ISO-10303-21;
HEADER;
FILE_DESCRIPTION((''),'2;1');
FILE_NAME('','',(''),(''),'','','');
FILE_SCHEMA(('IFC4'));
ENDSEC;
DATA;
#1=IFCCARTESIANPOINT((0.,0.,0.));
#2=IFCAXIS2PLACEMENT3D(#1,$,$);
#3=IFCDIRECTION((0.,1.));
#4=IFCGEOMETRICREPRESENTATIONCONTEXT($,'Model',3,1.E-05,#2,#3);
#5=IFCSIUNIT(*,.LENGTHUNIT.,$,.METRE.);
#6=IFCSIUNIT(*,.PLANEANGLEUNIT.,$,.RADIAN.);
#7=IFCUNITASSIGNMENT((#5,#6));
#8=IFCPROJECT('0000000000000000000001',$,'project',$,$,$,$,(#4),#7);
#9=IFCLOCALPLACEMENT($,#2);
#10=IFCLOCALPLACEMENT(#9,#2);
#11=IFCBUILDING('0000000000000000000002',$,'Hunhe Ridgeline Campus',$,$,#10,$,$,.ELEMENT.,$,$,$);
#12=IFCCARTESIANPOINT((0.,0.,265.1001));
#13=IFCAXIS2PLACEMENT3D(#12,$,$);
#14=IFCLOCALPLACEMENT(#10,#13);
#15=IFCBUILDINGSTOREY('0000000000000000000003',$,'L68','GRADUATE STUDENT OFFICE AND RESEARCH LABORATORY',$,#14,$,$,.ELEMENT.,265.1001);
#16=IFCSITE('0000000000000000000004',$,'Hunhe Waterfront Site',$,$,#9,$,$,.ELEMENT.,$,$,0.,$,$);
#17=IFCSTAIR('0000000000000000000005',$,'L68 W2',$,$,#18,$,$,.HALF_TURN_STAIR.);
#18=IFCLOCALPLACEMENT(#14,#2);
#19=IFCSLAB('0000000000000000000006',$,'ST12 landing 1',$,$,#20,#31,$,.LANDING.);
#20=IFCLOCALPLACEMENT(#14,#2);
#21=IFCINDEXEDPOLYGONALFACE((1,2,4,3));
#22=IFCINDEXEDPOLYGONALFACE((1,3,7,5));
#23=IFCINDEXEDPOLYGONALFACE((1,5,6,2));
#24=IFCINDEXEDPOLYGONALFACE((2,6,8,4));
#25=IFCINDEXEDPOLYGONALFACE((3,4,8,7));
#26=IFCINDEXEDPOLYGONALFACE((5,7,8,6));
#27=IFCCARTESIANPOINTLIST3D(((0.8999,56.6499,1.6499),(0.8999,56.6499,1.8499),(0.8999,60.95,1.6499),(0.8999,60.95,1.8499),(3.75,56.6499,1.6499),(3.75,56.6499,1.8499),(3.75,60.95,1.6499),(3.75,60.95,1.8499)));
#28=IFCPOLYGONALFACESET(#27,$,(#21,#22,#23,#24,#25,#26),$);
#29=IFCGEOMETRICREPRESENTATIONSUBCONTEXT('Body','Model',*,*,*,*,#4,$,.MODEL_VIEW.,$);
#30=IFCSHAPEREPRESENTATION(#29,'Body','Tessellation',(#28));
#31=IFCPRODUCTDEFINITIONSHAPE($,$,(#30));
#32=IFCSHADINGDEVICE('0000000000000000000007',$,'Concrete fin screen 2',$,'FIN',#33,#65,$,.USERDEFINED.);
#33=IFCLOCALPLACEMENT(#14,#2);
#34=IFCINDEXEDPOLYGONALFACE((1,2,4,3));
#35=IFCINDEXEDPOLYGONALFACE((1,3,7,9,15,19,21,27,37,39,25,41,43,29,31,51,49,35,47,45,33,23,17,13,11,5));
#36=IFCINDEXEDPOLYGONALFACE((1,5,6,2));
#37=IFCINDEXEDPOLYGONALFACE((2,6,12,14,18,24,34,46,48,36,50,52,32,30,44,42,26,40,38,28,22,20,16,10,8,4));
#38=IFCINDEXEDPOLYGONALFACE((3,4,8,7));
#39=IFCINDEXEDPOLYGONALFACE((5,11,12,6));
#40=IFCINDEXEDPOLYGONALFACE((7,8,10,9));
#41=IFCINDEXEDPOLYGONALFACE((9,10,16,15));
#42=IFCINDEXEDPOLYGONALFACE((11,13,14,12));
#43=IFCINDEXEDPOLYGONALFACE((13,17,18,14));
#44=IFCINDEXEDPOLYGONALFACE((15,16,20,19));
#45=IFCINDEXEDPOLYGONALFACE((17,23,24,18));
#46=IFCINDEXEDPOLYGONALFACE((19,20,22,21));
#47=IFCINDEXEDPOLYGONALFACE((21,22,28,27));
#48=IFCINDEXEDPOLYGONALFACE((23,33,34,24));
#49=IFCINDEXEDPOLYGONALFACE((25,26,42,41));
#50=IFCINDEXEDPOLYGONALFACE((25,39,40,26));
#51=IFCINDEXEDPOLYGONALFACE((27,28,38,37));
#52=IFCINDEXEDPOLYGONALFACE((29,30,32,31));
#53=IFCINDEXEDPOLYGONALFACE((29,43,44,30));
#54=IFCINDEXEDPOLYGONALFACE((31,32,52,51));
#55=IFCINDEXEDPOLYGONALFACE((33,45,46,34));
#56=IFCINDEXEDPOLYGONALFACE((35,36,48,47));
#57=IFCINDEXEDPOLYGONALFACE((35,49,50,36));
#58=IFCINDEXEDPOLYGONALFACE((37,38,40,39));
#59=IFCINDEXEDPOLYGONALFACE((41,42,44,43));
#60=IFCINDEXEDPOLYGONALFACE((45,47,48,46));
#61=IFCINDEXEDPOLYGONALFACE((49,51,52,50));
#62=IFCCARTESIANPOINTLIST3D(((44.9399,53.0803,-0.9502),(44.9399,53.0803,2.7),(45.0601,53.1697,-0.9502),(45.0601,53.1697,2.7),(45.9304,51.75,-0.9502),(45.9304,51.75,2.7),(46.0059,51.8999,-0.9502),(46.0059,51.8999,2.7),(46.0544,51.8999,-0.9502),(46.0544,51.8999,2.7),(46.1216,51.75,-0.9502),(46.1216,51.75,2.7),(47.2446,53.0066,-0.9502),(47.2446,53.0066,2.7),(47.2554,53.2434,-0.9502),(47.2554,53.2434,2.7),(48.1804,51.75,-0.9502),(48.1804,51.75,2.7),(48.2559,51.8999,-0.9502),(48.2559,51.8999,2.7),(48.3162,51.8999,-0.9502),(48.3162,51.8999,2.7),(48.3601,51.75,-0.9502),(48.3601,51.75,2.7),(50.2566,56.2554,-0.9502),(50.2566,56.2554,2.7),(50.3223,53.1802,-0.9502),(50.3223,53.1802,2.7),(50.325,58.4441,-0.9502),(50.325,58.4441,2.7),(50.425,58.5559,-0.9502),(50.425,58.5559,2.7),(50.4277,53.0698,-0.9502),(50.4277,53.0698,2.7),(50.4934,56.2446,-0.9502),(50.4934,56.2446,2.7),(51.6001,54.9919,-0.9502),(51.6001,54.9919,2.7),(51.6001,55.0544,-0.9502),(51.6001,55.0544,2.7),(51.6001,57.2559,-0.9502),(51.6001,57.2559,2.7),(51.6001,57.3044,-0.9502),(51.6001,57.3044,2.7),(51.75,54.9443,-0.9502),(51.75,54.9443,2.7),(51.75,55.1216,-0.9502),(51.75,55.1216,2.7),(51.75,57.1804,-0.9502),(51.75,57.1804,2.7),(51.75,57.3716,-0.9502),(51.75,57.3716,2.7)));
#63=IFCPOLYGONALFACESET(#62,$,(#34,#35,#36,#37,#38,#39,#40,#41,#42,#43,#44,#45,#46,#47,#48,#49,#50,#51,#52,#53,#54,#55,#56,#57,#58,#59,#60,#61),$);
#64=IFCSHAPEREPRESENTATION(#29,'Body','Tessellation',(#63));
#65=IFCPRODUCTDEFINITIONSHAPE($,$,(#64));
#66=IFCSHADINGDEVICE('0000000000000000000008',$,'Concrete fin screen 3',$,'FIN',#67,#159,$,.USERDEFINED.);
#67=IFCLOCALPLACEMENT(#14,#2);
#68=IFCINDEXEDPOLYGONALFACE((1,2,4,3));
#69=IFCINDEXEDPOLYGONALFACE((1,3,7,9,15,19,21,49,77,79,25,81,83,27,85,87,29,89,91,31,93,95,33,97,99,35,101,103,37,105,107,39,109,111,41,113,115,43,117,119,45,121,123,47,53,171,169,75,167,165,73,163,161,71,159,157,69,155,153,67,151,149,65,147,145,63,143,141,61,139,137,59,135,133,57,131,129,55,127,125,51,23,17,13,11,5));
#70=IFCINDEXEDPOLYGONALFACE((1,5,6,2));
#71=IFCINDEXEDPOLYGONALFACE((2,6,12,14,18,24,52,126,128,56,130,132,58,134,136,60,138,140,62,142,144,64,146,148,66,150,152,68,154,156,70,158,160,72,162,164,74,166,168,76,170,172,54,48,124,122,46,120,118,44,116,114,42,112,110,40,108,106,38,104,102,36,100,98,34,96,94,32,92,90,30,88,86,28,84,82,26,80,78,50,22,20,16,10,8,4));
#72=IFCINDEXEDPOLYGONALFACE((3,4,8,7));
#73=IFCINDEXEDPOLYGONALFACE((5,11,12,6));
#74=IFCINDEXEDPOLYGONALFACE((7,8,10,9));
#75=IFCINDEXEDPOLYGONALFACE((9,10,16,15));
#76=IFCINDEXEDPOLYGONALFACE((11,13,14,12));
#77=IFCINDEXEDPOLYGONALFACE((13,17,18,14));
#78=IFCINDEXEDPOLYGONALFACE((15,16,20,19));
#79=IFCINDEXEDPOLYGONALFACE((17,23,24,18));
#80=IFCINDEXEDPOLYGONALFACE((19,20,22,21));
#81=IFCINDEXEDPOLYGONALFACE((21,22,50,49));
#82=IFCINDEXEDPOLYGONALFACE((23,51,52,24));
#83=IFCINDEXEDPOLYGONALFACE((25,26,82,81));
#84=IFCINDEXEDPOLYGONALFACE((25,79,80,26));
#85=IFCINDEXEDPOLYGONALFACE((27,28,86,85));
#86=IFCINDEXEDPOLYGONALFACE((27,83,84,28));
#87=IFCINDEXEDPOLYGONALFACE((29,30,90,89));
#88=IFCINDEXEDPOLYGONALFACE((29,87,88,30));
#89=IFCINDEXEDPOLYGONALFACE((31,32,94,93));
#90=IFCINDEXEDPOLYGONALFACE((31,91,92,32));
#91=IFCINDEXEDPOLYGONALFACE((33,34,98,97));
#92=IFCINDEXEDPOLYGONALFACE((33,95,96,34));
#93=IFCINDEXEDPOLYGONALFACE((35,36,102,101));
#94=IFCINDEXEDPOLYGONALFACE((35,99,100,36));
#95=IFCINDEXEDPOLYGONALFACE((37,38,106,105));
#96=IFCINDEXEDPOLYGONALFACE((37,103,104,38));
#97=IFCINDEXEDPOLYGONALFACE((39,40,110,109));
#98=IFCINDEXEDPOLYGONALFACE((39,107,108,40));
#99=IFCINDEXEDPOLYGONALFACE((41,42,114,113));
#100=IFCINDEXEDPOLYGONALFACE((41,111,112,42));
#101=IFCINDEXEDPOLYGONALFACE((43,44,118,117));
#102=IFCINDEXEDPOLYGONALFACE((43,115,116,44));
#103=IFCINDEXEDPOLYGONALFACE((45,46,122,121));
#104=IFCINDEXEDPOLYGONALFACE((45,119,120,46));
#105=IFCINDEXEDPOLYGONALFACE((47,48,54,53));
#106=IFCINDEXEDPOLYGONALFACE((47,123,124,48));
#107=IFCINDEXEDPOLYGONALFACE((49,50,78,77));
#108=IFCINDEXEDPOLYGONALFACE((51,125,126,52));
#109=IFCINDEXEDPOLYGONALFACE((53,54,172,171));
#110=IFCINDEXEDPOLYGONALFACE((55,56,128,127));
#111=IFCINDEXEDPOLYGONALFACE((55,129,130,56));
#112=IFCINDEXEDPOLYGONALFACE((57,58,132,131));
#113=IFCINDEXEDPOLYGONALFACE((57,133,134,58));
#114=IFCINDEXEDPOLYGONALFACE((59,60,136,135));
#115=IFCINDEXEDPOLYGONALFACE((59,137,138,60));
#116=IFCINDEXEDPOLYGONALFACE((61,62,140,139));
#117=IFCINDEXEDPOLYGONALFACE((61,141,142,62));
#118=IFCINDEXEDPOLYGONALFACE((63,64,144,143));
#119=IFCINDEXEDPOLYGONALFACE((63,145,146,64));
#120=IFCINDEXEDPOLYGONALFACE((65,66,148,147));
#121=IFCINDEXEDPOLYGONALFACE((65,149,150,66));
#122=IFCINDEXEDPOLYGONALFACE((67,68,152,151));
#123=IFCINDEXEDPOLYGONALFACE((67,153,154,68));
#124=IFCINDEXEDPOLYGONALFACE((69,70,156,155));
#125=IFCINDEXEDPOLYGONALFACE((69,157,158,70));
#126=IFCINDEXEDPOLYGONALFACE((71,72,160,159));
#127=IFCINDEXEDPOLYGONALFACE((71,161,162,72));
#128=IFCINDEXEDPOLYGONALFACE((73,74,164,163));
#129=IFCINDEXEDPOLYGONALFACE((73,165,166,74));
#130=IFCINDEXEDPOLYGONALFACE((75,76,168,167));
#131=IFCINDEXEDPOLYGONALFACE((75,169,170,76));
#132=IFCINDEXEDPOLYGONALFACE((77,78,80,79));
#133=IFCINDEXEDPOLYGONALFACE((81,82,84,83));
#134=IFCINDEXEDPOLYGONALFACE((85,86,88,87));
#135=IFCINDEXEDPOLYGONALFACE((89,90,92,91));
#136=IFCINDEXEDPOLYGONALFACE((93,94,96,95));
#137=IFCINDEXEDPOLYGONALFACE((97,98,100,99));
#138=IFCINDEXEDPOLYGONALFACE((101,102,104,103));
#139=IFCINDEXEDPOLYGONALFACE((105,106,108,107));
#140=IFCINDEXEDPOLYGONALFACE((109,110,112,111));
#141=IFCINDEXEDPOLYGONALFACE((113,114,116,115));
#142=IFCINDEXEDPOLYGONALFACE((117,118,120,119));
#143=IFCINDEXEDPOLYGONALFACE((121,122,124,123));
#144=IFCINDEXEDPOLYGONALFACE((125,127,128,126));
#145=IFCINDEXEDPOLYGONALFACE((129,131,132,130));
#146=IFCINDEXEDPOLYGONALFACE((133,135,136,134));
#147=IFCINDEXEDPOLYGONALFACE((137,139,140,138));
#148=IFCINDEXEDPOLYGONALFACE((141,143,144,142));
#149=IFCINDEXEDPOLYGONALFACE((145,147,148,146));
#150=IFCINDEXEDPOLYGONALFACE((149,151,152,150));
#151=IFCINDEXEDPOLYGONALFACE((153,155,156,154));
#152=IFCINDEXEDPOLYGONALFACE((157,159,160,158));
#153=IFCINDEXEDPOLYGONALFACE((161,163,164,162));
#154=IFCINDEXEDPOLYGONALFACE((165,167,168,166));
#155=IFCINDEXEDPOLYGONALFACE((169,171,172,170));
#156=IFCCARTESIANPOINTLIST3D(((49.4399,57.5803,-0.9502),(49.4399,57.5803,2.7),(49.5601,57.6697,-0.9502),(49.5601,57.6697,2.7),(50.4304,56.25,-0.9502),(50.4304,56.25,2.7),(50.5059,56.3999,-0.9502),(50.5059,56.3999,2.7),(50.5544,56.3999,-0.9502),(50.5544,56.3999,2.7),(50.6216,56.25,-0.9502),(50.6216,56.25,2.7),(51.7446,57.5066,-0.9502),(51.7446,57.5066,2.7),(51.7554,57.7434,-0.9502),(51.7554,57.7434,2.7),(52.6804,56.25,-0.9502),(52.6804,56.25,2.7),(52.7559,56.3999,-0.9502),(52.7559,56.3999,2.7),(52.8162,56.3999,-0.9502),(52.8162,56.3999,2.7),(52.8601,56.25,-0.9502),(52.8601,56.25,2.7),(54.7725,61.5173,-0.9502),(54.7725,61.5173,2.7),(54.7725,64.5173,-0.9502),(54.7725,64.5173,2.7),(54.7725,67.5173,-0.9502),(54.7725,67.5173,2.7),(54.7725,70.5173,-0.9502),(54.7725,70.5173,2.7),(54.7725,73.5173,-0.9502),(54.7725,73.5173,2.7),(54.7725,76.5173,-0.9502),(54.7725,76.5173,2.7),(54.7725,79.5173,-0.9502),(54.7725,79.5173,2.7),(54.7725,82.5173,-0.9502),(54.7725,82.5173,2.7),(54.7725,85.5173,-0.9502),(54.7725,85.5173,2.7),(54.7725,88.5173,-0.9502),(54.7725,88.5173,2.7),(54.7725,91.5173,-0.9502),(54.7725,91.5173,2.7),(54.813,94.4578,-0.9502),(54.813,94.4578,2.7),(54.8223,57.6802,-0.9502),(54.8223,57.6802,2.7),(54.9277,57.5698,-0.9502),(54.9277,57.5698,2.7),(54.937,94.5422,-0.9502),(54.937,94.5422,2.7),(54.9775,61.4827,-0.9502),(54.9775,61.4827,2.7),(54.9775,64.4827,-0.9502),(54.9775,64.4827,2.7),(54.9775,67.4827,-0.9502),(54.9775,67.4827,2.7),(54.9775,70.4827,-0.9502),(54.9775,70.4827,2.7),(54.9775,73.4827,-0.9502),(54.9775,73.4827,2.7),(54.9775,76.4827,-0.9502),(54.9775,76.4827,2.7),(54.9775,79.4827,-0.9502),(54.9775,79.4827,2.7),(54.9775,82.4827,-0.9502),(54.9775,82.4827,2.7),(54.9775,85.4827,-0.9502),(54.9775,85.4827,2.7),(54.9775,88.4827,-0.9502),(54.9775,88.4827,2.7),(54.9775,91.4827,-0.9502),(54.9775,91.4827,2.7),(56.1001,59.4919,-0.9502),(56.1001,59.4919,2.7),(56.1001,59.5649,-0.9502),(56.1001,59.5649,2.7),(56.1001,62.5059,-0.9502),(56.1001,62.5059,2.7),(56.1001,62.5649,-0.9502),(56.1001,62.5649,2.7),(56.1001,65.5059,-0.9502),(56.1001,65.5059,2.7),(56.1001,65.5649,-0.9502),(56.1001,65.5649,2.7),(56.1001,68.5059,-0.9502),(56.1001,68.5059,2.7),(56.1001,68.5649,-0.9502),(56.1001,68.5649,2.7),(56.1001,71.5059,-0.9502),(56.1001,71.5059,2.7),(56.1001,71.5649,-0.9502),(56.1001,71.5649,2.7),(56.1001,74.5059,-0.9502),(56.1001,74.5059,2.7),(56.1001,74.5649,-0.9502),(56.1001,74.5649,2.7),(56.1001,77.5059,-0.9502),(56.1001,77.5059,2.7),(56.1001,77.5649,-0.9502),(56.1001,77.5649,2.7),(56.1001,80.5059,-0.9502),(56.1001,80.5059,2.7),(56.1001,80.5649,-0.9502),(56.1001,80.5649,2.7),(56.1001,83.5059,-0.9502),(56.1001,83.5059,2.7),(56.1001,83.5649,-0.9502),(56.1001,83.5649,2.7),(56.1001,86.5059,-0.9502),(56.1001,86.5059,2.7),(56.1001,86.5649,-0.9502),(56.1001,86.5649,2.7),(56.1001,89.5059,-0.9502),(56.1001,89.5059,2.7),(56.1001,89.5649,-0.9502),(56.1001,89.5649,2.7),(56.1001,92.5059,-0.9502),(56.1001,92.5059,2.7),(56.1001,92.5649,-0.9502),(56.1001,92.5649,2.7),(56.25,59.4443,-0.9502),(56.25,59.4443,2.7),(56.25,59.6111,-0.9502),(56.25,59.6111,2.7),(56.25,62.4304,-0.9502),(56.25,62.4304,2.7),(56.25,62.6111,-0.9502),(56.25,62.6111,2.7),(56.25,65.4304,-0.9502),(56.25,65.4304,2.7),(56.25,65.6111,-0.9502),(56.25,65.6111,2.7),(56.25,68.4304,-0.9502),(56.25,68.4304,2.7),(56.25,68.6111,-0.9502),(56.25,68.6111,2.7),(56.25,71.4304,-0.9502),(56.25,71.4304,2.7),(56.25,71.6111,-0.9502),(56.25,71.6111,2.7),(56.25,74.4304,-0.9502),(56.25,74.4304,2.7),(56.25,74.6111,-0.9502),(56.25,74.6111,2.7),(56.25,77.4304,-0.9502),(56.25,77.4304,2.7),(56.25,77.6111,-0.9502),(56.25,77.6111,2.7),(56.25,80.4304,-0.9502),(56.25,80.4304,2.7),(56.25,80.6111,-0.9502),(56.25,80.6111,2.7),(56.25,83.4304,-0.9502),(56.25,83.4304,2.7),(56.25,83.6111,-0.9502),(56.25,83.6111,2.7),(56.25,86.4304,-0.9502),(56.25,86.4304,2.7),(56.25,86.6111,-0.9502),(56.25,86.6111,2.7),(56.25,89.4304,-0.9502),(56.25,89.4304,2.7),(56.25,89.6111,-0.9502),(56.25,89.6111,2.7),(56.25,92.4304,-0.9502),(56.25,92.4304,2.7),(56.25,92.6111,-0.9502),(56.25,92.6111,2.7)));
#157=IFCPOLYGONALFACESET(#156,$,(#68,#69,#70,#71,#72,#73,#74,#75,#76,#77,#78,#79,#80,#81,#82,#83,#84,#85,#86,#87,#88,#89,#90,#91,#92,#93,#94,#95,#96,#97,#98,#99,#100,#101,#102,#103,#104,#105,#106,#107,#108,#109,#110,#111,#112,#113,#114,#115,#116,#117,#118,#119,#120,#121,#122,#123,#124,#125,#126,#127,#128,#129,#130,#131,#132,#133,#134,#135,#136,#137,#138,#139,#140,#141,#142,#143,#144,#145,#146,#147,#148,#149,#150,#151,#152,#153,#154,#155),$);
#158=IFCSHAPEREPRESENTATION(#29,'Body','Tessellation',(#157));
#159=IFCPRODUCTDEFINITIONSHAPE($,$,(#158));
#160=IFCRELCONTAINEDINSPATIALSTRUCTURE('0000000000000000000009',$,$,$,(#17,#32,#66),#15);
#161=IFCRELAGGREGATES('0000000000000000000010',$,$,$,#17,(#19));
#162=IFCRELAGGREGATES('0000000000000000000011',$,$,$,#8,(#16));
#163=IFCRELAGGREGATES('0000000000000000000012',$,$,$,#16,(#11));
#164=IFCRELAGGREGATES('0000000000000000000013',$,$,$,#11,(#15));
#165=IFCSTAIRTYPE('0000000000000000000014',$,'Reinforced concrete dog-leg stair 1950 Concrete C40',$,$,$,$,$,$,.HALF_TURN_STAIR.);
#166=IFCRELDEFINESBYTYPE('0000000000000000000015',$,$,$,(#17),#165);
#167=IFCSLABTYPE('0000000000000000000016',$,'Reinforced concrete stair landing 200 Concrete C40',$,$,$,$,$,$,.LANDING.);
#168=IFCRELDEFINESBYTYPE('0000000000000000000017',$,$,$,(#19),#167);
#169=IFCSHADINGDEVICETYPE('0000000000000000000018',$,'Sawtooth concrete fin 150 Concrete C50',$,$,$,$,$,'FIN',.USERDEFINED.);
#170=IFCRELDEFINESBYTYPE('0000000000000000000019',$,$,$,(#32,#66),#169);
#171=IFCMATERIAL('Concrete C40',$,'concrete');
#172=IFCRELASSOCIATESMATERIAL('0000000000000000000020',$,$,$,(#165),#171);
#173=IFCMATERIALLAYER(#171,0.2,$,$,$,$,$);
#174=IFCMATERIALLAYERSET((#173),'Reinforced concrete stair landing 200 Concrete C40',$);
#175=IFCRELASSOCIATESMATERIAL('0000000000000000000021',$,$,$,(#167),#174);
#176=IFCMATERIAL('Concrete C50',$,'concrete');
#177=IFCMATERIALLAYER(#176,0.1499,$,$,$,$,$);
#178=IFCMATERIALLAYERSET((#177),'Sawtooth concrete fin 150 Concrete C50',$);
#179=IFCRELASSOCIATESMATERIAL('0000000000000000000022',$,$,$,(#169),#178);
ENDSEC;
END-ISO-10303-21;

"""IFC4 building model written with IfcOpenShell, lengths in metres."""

from ifc_helpers import new_model, si_unit, direction, frame, origin, place, context, subcontext, project, spatial, polyline, outline, extrude, material, layer, layer_set, type_object, element, aggregate, save


model = new_model("IFC4")

# Units and contexts
model_context = context("Model", 3, precision=1e-05, world=origin(), true_north=direction((0.0, 1.0)))
body_context = subcontext(model_context, "Body", "Model", "MODEL_VIEW")
ifc_project = project(units=[si_unit("LENGTHUNIT", "METRE"), si_unit("PLANEANGLEUNIT", "RADIAN")], contexts=[model_context])

# Site, building, storey
site_placement = place(None, origin())
site = spatial("IfcSite", under=ifc_project, at=site_placement, Name="Hunhe Waterfront Site", CompositionType="ELEMENT", RefElevation=0.0)
building_placement = place(site_placement, origin())
building = spatial("IfcBuilding", under=site, at=building_placement, Name="Hunhe Ridgeline Campus", CompositionType="ELEMENT")
storey_placement = place(building_placement, frame((0.0, 0.0, 265.1001)))
storey = spatial("IfcBuildingStorey", under=building, at=storey_placement, Name="L68", Description="GRADUATE STUDENT OFFICE AND RESEARCH LABORATORY", CompositionType="ELEMENT", Elevation=265.1001)

# Shared definitions
ifc_material_1 = material(Name="Concrete C40", Category="concrete")

# Shared definitions
stair_type = type_object("IfcStairType", Name="Reinforced concrete dog-leg stair 1950 Concrete C40", PredefinedType="HALF_TURN_STAIR", material=ifc_material_1)
ifc_layer_1 = layer(ifc_material_1, 0.2)
ifc_layer_set_1 = layer_set([ifc_layer_1], Name="Reinforced concrete stair landing 200 Concrete C40")
slab_type_1 = type_object("IfcSlabType", Name="Reinforced concrete stair landing 200 Concrete C40", PredefinedType="LANDING", material=ifc_layer_set_1)

# Stair, slab
stair_1_placement = place(storey_placement, origin())
stair_1 = element("IfcStair", 1, at=stair_1_placement, inside=storey, type_object=stair_type, Name="L68 W2", PredefinedType="HALF_TURN_STAIR")
slab_1_placement = place(storey_placement, frame((0.0, 0.0, 1.6499)))
slab_1 = element("IfcSlab", 2, at=slab_1_placement, type_object=slab_type_1, Name="ST12 landing 1", PredefinedType="LANDING", context=body_context, shape_type="SweptSolid", body=[
    extrude(outline(polyline([(3.75, 60.95), (0.8999, 60.95), (0.8999, 56.6499), (3.75, 56.6499), (3.75, 60.95)])), origin(), (0.0, 0.0, 1.0), 0.2),
])
aggregate(stair_1, [slab_1])

# Shading devices
ifc_material_2 = material(Name="Concrete C50", Category="concrete")
ifc_layer_2 = layer(ifc_material_2, 0.1499)
ifc_layer_set_2 = layer_set([ifc_layer_2], Name="Sawtooth concrete fin 150 Concrete C50")
shading_device_type = type_object("IfcShadingDeviceType", Name="Sawtooth concrete fin 150 Concrete C50", ElementType="FIN", PredefinedType="USERDEFINED", material=ifc_layer_set_2)
shading_device_1_placement = place(storey_placement, frame((0.0, 0.0, -0.9502)))
element("IfcShadingDevice", 3, at=shading_device_1_placement, inside=storey, type_object=shading_device_type, Name="Concrete fin screen 2", ObjectType="FIN", PredefinedType="USERDEFINED", context=body_context, shape_type="SweptSolid", body=[
    extrude(outline(polyline([(45.0601, 53.1697), (44.9399, 53.0803), (45.9304, 51.75), (46.1216, 51.75), (47.2446, 53.0066), (48.1804, 51.75), (48.3601, 51.75), (50.4277, 53.0698), (51.75, 54.9443), (51.75, 55.1216), (50.4934, 56.2446), (51.75, 57.1804), (51.75, 57.3716), (50.425, 58.5559), (50.325, 58.4441), (51.6001, 57.3044), (51.6001, 57.2559), (50.2566, 56.2554), (51.6001, 55.0544), (51.6001, 54.9919), (50.3223, 53.1802), (48.3162, 51.8999), (48.2559, 51.8999), (47.2554, 53.2434), (46.0544, 51.8999), (46.0059, 51.8999), (45.0601, 53.1697)])), origin(), (0.0, 0.0, 1.0), 3.6501),
])
shading_device_2_placement = place(storey_placement, frame((0.0, 0.0, -0.9502)))
element("IfcShadingDevice", 4, at=shading_device_2_placement, inside=storey, type_object=shading_device_type, Name="Concrete fin screen 3", ObjectType="FIN", PredefinedType="USERDEFINED", context=body_context, shape_type="SweptSolid", body=[
    extrude(outline(polyline([(49.5601, 57.6697), (49.4399, 57.5803), (50.4304, 56.25), (50.6216, 56.25), (51.7446, 57.5066), (52.6804, 56.25), (52.8601, 56.25), (54.9277, 57.5698), (56.25, 59.4443), (56.25, 59.6111), (54.9775, 61.4827), (56.25, 62.4304), (56.25, 62.6111), (54.9775, 64.4827), (56.25, 65.4304), (56.25, 65.6111), (54.9775, 67.4827), (56.25, 68.4304), (56.25, 68.6111), (54.9775, 70.4827), (56.25, 71.4304), (56.25, 71.6111), (54.9775, 73.4827), (56.25, 74.4304), (56.25, 74.6111), (54.9775, 76.4827), (56.25, 77.4304), (56.25, 77.6111), (54.9775, 79.4827), (56.25, 80.4304), (56.25, 80.6111), (54.9775, 82.4827), (56.25, 83.4304), (56.25, 83.6111), (54.9775, 85.4827), (56.25, 86.4304), (56.25, 86.6111), (54.9775, 88.4827), (56.25, 89.4304), (56.25, 89.6111), (54.9775, 91.4827), (56.25, 92.4304), (56.25, 92.6111), (54.937, 94.5422), (54.813, 94.4578), (56.1001, 92.5649), (56.1001, 92.5059), (54.7725, 91.5173), (56.1001, 89.5649), (56.1001, 89.5059), (54.7725, 88.5173), (56.1001, 86.5649), (56.1001, 86.5059), (54.7725, 85.5173), (56.1001, 83.5649), (56.1001, 83.5059), (54.7725, 82.5173), (56.1001, 80.5649), (56.1001, 80.5059), (54.7725, 79.5173), (56.1001, 77.5649), (56.1001, 77.5059), (54.7725, 76.5173), (56.1001, 74.5649), (56.1001, 74.5059), (54.7725, 73.5173), (56.1001, 71.5649), (56.1001, 71.5059), (54.7725, 70.5173), (56.1001, 68.5649), (56.1001, 68.5059), (54.7725, 67.5173), (56.1001, 65.5649), (56.1001, 65.5059), (54.7725, 64.5173), (56.1001, 62.5649), (56.1001, 62.5059), (54.7725, 61.5173), (56.1001, 59.5649), (56.1001, 59.4919), (54.8223, 57.6802), (52.8162, 56.3999), (52.7559, 56.3999), (51.7554, 57.7434), (50.5544, 56.3999), (50.5059, 56.3999), (49.5601, 57.6697)])), origin(), (0.0, 0.0, 1.0), 3.6501),
])

save(model, "model.ifc")
